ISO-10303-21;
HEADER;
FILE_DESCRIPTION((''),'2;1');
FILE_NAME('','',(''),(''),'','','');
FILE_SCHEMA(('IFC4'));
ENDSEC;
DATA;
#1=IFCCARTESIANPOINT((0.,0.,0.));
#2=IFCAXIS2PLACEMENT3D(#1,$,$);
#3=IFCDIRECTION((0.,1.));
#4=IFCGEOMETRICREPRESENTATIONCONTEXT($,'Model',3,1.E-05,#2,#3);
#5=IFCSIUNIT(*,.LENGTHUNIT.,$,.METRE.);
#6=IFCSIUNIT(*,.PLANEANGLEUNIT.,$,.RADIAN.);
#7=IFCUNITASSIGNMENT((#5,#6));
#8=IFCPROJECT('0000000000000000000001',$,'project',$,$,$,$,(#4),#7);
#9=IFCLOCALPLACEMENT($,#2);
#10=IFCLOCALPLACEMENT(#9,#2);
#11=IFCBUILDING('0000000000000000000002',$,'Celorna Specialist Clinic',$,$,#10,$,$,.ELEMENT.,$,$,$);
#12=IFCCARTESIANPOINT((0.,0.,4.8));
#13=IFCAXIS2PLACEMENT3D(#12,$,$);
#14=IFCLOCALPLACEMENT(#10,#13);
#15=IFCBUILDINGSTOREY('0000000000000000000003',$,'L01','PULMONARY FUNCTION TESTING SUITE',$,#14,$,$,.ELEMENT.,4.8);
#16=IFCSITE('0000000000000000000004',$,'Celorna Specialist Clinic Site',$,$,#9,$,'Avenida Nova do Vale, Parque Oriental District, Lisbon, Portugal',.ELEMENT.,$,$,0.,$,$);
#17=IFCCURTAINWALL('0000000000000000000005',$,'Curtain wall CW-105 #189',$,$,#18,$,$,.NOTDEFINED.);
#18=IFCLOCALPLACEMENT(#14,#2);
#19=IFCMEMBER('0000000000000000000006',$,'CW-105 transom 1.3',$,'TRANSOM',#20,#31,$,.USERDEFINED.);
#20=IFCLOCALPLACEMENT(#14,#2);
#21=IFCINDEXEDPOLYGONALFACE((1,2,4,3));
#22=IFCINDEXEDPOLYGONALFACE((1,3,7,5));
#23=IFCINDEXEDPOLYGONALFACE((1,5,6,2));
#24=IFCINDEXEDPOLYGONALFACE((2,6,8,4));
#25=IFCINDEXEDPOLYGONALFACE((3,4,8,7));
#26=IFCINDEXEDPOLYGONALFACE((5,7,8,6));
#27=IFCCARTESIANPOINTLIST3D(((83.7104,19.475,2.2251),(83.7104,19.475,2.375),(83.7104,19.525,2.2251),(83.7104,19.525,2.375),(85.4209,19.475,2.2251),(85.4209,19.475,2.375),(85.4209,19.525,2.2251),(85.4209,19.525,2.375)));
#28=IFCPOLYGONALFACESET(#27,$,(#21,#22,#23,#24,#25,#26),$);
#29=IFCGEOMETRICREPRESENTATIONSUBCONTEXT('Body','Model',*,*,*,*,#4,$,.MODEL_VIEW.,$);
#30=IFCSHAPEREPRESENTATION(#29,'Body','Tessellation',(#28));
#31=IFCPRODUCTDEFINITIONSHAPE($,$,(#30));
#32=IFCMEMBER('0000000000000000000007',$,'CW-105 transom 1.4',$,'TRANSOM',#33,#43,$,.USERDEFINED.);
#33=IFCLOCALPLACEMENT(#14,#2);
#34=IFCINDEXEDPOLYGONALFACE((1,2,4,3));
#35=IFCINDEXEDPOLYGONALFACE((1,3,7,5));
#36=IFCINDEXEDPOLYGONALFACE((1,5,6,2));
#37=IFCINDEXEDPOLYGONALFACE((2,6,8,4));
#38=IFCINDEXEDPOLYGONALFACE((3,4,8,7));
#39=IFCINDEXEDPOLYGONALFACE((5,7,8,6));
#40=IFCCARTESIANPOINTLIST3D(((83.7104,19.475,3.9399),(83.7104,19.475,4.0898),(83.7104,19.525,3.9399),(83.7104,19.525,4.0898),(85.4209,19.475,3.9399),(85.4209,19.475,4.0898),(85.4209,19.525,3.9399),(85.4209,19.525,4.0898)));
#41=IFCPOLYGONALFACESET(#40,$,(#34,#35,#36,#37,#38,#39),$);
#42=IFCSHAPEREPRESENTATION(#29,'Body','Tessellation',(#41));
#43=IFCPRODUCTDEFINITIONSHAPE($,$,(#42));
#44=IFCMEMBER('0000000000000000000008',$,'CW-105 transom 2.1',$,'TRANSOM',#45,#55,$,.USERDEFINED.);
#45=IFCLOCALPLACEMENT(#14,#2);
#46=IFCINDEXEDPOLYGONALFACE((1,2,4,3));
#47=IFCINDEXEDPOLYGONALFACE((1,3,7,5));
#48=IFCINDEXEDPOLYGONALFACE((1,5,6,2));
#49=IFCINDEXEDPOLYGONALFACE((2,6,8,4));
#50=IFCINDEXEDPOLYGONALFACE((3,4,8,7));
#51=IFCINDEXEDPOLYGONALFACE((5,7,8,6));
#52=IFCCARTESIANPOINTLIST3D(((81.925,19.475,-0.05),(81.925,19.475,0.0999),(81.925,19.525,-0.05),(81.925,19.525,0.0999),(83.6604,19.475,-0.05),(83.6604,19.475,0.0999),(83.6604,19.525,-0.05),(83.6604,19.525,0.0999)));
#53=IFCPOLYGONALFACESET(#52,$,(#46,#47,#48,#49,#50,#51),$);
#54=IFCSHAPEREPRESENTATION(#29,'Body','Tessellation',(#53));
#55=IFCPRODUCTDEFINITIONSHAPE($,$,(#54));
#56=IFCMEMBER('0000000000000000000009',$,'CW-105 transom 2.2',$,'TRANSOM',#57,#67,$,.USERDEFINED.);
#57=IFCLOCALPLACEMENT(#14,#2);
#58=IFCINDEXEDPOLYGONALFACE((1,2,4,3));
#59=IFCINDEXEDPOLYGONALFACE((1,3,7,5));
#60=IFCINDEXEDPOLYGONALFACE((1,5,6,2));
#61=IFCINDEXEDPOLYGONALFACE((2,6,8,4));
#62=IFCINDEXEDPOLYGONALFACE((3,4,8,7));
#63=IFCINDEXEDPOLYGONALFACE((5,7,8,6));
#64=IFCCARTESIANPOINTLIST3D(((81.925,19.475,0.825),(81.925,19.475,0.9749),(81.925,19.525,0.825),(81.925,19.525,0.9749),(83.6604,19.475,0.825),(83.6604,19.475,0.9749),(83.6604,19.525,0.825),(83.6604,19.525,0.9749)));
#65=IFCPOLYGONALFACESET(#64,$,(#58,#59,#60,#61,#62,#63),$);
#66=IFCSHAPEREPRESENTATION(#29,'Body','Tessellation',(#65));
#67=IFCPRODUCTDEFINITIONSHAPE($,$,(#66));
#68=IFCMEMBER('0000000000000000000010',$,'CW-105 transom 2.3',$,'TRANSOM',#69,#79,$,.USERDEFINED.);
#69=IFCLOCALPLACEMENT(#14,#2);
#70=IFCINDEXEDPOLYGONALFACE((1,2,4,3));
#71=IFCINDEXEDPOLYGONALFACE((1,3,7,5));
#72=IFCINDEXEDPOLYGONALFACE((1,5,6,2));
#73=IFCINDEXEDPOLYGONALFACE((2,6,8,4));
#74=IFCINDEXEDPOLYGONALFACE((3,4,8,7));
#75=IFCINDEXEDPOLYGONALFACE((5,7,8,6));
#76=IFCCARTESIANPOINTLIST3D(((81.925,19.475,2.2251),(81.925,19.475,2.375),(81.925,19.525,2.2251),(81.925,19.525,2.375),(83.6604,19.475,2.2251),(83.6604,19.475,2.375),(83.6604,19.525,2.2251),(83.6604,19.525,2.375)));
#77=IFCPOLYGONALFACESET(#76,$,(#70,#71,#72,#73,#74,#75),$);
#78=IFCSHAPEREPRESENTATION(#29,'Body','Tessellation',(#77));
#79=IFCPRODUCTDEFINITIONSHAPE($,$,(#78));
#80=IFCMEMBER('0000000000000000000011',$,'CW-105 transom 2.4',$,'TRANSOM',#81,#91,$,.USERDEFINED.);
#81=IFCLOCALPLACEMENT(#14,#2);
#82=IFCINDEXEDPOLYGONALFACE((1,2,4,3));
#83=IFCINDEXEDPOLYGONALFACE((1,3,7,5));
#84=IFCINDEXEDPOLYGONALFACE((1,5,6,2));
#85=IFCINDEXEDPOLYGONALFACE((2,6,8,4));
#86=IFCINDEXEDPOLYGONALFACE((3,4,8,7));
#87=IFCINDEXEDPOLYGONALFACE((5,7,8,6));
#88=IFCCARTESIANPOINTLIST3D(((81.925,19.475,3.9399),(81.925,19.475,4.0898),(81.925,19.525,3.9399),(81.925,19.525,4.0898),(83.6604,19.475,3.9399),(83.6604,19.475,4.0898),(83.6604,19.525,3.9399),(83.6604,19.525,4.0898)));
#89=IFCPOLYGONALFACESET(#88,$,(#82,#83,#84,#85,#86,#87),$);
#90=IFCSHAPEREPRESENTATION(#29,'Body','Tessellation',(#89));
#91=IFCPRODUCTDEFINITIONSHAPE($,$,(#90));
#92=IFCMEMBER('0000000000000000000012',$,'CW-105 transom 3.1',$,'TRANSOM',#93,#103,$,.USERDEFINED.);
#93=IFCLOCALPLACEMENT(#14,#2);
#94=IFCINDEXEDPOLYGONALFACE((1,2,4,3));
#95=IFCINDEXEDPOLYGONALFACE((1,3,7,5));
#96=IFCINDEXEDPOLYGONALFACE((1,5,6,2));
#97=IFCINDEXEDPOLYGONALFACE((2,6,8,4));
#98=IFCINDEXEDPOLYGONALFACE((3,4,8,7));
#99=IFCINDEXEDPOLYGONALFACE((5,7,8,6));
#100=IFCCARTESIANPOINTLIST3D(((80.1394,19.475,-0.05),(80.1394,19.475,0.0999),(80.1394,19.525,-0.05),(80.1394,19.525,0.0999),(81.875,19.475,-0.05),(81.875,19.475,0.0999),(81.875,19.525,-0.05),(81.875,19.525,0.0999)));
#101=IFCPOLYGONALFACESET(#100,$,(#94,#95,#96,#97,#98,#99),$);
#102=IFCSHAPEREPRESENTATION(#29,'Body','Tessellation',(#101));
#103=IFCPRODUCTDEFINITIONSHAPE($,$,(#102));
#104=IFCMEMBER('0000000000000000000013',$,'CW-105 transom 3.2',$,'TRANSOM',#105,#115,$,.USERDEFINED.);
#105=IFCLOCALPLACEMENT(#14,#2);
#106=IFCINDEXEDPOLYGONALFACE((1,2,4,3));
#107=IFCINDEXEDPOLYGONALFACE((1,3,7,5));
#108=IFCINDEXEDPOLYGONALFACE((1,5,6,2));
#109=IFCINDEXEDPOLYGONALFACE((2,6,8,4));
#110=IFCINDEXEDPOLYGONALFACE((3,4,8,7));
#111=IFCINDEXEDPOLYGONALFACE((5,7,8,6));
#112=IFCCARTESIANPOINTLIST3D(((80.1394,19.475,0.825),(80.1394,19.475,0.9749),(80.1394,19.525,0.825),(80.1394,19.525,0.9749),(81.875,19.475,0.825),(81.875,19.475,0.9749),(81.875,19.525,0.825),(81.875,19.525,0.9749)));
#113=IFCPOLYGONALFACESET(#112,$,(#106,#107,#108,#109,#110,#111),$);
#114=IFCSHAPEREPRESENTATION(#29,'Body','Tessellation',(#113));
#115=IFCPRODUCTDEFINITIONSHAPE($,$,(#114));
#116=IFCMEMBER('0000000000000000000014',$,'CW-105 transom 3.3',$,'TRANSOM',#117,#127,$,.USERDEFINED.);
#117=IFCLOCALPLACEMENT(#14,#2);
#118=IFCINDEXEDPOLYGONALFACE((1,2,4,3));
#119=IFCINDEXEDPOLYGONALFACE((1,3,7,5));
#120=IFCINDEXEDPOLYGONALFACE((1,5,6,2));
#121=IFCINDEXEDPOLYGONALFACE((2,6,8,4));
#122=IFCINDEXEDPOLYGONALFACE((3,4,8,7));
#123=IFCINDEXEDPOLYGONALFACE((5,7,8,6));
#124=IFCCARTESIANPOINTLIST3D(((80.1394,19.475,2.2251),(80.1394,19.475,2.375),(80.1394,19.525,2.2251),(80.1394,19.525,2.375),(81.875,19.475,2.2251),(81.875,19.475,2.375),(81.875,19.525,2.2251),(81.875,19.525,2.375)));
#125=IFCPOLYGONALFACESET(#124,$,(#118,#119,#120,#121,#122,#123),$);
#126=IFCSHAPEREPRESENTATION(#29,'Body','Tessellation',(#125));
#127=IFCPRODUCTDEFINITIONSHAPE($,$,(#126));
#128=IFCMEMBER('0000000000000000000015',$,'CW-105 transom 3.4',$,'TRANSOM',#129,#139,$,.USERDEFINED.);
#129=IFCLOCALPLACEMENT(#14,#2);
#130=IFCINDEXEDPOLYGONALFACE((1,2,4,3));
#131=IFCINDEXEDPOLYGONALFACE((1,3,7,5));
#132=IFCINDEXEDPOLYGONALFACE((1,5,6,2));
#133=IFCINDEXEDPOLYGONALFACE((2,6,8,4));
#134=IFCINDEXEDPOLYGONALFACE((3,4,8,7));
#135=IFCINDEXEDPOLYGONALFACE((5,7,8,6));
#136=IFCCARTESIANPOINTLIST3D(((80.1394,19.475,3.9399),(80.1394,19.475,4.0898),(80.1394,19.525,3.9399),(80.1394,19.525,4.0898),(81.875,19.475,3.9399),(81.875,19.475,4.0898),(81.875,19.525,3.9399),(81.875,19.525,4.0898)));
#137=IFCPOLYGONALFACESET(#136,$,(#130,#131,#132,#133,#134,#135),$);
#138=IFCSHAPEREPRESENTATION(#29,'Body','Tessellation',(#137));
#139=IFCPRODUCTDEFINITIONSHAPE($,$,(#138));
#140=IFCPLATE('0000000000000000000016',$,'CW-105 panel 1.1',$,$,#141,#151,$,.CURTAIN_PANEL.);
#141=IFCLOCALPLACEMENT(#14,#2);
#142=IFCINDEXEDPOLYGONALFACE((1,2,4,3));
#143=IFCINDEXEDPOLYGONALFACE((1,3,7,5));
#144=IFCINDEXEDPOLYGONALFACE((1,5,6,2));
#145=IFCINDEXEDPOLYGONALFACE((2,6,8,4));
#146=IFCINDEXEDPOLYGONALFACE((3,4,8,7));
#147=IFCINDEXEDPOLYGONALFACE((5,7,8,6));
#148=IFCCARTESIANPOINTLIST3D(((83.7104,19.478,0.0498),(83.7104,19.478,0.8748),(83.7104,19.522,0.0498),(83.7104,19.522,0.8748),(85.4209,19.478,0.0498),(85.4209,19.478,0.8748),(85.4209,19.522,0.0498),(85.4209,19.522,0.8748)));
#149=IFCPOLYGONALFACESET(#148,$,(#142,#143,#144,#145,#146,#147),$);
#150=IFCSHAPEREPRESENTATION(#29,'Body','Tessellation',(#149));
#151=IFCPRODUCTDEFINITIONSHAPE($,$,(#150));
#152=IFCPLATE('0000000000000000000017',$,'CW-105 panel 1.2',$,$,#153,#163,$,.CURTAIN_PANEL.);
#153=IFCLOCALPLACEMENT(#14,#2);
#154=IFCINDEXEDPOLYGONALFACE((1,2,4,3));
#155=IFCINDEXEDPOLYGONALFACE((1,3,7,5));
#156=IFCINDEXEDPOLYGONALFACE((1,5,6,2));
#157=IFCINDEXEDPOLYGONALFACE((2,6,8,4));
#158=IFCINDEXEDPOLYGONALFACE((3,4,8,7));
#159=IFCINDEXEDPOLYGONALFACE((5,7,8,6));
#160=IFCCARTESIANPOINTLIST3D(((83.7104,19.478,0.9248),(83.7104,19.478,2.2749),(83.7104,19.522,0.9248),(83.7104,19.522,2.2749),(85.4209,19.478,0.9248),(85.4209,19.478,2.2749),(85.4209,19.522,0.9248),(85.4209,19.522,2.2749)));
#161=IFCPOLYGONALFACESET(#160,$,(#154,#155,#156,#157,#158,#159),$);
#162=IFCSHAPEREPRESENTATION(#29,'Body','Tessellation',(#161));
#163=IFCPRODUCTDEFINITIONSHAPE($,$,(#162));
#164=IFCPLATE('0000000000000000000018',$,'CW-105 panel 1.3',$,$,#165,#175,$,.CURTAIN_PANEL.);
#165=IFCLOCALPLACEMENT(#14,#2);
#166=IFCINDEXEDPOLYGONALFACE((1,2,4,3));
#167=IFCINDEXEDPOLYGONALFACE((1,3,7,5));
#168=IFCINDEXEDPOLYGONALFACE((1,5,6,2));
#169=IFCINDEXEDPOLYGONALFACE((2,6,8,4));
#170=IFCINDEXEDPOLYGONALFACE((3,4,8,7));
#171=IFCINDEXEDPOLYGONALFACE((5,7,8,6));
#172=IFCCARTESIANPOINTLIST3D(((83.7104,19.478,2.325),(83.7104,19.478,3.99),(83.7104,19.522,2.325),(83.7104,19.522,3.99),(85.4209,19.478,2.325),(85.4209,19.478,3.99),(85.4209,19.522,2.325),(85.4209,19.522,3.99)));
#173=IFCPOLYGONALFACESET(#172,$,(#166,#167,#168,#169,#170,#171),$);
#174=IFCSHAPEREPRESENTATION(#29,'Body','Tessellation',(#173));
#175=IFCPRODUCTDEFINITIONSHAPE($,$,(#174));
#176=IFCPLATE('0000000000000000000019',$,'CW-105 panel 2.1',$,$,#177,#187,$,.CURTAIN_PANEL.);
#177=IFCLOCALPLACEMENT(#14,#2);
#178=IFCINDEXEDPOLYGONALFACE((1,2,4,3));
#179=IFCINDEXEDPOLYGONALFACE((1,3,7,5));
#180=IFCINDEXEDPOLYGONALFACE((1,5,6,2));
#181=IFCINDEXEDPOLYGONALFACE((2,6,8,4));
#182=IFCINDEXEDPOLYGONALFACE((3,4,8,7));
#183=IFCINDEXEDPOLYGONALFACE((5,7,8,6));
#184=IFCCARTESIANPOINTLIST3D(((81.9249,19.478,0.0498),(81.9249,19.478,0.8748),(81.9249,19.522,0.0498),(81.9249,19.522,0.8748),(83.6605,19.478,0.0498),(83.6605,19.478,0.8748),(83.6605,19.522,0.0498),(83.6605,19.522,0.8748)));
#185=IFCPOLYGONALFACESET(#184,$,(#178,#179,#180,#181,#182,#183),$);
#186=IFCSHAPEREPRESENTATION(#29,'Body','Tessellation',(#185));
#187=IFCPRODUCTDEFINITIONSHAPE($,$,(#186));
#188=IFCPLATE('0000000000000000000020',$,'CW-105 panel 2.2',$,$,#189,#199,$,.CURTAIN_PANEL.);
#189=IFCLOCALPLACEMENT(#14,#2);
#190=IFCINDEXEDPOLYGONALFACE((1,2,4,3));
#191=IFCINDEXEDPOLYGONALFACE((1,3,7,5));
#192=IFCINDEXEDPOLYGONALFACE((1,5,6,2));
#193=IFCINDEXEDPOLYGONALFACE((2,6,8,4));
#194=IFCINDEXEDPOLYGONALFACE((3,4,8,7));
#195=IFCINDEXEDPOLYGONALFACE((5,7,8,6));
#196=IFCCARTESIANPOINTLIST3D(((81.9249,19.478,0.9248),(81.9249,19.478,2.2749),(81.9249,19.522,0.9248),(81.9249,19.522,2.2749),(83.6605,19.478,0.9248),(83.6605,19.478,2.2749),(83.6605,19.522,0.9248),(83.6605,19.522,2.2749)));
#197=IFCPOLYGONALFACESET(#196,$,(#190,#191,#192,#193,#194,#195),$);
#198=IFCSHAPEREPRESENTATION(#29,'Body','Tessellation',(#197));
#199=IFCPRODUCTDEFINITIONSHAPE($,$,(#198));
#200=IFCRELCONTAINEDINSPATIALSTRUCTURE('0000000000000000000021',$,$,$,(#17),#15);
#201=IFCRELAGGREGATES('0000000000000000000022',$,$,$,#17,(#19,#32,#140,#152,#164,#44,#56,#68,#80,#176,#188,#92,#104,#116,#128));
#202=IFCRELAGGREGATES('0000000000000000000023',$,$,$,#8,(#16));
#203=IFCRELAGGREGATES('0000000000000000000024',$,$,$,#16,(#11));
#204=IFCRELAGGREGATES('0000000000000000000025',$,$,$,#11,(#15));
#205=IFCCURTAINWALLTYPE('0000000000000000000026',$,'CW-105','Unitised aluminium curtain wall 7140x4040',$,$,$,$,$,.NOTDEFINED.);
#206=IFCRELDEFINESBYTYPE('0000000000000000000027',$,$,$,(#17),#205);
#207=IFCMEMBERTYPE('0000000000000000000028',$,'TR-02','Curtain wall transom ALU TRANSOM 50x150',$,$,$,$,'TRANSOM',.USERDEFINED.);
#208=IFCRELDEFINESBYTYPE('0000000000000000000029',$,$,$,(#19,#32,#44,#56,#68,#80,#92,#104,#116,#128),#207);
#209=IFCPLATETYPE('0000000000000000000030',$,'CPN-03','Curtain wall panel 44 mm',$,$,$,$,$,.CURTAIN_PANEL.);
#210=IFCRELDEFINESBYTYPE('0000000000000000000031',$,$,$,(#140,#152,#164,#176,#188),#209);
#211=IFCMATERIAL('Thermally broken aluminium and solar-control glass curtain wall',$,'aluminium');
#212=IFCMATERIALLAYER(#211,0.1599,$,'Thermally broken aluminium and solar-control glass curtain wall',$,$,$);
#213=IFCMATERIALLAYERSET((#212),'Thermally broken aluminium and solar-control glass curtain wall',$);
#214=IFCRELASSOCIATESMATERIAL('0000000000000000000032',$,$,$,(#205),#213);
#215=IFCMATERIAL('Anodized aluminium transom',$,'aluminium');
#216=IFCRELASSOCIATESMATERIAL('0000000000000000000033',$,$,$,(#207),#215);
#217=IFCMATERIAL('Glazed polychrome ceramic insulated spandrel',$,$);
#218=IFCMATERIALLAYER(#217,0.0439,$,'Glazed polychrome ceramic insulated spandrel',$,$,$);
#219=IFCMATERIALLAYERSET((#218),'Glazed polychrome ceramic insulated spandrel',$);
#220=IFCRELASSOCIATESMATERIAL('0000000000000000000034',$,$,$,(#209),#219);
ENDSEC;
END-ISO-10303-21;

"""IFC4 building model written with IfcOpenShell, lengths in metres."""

from ifc_helpers import new_model, si_unit, direction, frame, origin, origin_2d, place, context, subcontext, project, spatial, rectangle, extrude, material, layer, layer_set, material_profile, profile_set, type_object, element, aggregate, save


model = new_model("IFC4")

# Units and contexts
model_context = context("Model", 3, precision=1e-05, world=origin(), true_north=direction((0.0, 1.0)))
body_context = subcontext(model_context, "Body", "Model", "MODEL_VIEW")
ifc_project = project(units=[si_unit("LENGTHUNIT", "METRE"), si_unit("PLANEANGLEUNIT", "RADIAN")], contexts=[model_context])

# Site, building, storey
site_placement = place(None, origin())
site = spatial("IfcSite", under=ifc_project, at=site_placement, Name="Celorna Specialist Clinic Site", LongName="Avenida Nova do Vale, Parque Oriental District, Lisbon, Portugal", CompositionType="ELEMENT", RefElevation=0.0)
building_placement = place(site_placement, origin())
building = spatial("IfcBuilding", under=site, at=building_placement, Name="Celorna Specialist Clinic", CompositionType="ELEMENT")
storey_placement = place(building_placement, frame((0.0, 0.0, 4.8)))
storey = spatial("IfcBuildingStorey", under=building, at=storey_placement, Name="L01", Description="PULMONARY FUNCTION TESTING SUITE", CompositionType="ELEMENT", Elevation=4.8)

# Curtain wall
ifc_material_1 = material(Name="Thermally broken aluminium and solar-control glass curtain wall", Category="aluminium")
ifc_layer_1 = layer(ifc_material_1, 0.1599, Name="Thermally broken aluminium and solar-control glass curtain wall")
ifc_layer_set_1 = layer_set([ifc_layer_1], Name="Thermally broken aluminium and solar-control glass curtain wall")
curtain_wall_type_1 = type_object("IfcCurtainWallType", Name="CW-105", Description="Unitised aluminium curtain wall 7140x4040", PredefinedType="NOTDEFINED", material=ifc_layer_set_1)
curtain_wall_1_placement = place(storey_placement, origin())
curtain_wall_1 = element("IfcCurtainWall", 1, at=curtain_wall_1_placement, inside=storey, type_object=curtain_wall_type_1, Name="Curtain wall CW-105 #189", PredefinedType="NOTDEFINED")
ifc_material_2 = material(Name="Anodized aluminium transom", Category="aluminium")

# Members
ifc_material_profile_1 = material_profile(ifc_material_2, rectangle(XDim=0.05, YDim=0.1499, at=origin_2d()), Name="ALU TRANSOM 50x150")
ifc_profile_set_1 = profile_set([ifc_material_profile_1], Name="Anodized aluminium transom")
member_type_1 = type_object("IfcMemberType", Name="TR-02", Description="Curtain wall transom ALU TRANSOM 50x150", ElementType="TRANSOM", PredefinedType="USERDEFINED", material=ifc_profile_set_1)
member_1_placement = place(storey_placement, frame((85.4209, 19.5, 2.3), z_axis=(-1.0, 0.0, 0.0), x_axis=(0.0, -1.0, 0.0)))
member_1 = element("IfcMember", 2, at=member_1_placement, type_object=member_type_1, Name="CW-105 transom 1.3", ObjectType="TRANSOM", PredefinedType="USERDEFINED", context=body_context, shape_type="SweptSolid", body=[
    extrude(rectangle(XDim=0.05, YDim=0.1499, at=origin_2d()), origin(), (0.0, 0.0, 1.0), 1.7104),
])
member_2_placement = place(storey_placement, frame((85.4209, 19.5, 4.0149), z_axis=(-1.0, 0.0, 0.0), x_axis=(0.0, -1.0, 0.0)))
member_2 = element("IfcMember", 3, at=member_2_placement, type_object=member_type_1, Name="CW-105 transom 1.4", ObjectType="TRANSOM", PredefinedType="USERDEFINED", context=body_context, shape_type="SweptSolid", body=[
    extrude(rectangle(XDim=0.05, YDim=0.1499, at=origin_2d()), origin(), (0.0, 0.0, 1.0), 1.7104),
])
member_3_placement = place(storey_placement, frame((83.6604, 19.5, 0.0249), z_axis=(-1.0, 0.0, 0.0), x_axis=(0.0, -1.0, 0.0)))
member_3 = element("IfcMember", 4, at=member_3_placement, type_object=member_type_1, Name="CW-105 transom 2.1", ObjectType="TRANSOM", PredefinedType="USERDEFINED", context=body_context, shape_type="SweptSolid", body=[
    extrude(rectangle(XDim=0.05, YDim=0.1499, at=origin_2d()), origin(), (0.0, 0.0, 1.0), 1.7354),
])
member_4_placement = place(storey_placement, frame((83.6604, 19.5, 0.8999), z_axis=(-1.0, 0.0, 0.0), x_axis=(0.0, -1.0, 0.0)))
member_4 = element("IfcMember", 5, at=member_4_placement, type_object=member_type_1, Name="CW-105 transom 2.2", ObjectType="TRANSOM", PredefinedType="USERDEFINED", context=body_context, shape_type="SweptSolid", body=[
    extrude(rectangle(XDim=0.05, YDim=0.1499, at=origin_2d()), origin(), (0.0, 0.0, 1.0), 1.7354),
])
member_5_placement = place(storey_placement, frame((83.6604, 19.5, 2.3), z_axis=(-1.0, 0.0, 0.0), x_axis=(0.0, -1.0, 0.0)))
member_5 = element("IfcMember", 6, at=member_5_placement, type_object=member_type_1, Name="CW-105 transom 2.3", ObjectType="TRANSOM", PredefinedType="USERDEFINED", context=body_context, shape_type="SweptSolid", body=[
    extrude(rectangle(XDim=0.05, YDim=0.1499, at=origin_2d()), origin(), (0.0, 0.0, 1.0), 1.7354),
])
member_6_placement = place(storey_placement, frame((83.6604, 19.5, 4.0149), z_axis=(-1.0, 0.0, 0.0), x_axis=(0.0, -1.0, 0.0)))
member_6 = element("IfcMember", 7, at=member_6_placement, type_object=member_type_1, Name="CW-105 transom 2.4", ObjectType="TRANSOM", PredefinedType="USERDEFINED", context=body_context, shape_type="SweptSolid", body=[
    extrude(rectangle(XDim=0.05, YDim=0.1499, at=origin_2d()), origin(), (0.0, 0.0, 1.0), 1.7354),
])
member_7_placement = place(storey_placement, frame((81.875, 19.5, 0.0249), z_axis=(-1.0, 0.0, 0.0), x_axis=(0.0, -1.0, 0.0)))
member_7 = element("IfcMember", 8, at=member_7_placement, type_object=member_type_1, Name="CW-105 transom 3.1", ObjectType="TRANSOM", PredefinedType="USERDEFINED", context=body_context, shape_type="SweptSolid", body=[
    extrude(rectangle(XDim=0.05, YDim=0.1499, at=origin_2d()), origin(), (0.0, 0.0, 1.0), 1.7356),
])
member_8_placement = place(storey_placement, frame((81.875, 19.5, 0.8999), z_axis=(-1.0, 0.0, 0.0), x_axis=(0.0, -1.0, 0.0)))
member_8 = element("IfcMember", 9, at=member_8_placement, type_object=member_type_1, Name="CW-105 transom 3.2", ObjectType="TRANSOM", PredefinedType="USERDEFINED", context=body_context, shape_type="SweptSolid", body=[
    extrude(rectangle(XDim=0.05, YDim=0.1499, at=origin_2d()), origin(), (0.0, 0.0, 1.0), 1.7356),
])
member_9_placement = place(storey_placement, frame((81.875, 19.5, 2.3), z_axis=(-1.0, 0.0, 0.0), x_axis=(0.0, -1.0, 0.0)))
member_9 = element("IfcMember", 10, at=member_9_placement, type_object=member_type_1, Name="CW-105 transom 3.3", ObjectType="TRANSOM", PredefinedType="USERDEFINED", context=body_context, shape_type="SweptSolid", body=[
    extrude(rectangle(XDim=0.05, YDim=0.1499, at=origin_2d()), origin(), (0.0, 0.0, 1.0), 1.7356),
])
member_10_placement = place(storey_placement, frame((81.875, 19.5, 4.0149), z_axis=(-1.0, 0.0, 0.0), x_axis=(0.0, -1.0, 0.0)))
member_10 = element("IfcMember", 11, at=member_10_placement, type_object=member_type_1, Name="CW-105 transom 3.4", ObjectType="TRANSOM", PredefinedType="USERDEFINED", context=body_context, shape_type="SweptSolid", body=[
    extrude(rectangle(XDim=0.05, YDim=0.1499, at=origin_2d()), origin(), (0.0, 0.0, 1.0), 1.7356),
])

# Plates
ifc_material_3 = material(Name="Glazed polychrome ceramic insulated spandrel")
ifc_layer_2 = layer(ifc_material_3, 0.0439, Name="Glazed polychrome ceramic insulated spandrel")
ifc_layer_set_2 = layer_set([ifc_layer_2], Name="Glazed polychrome ceramic insulated spandrel")
plate_type = type_object("IfcPlateType", Name="CPN-03", Description="Curtain wall panel 44 mm", PredefinedType="CURTAIN_PANEL", material=ifc_layer_set_2)
plate_1_placement = place(storey_placement, frame((84.5657, 19.5, 0.0498), z_axis=(0.0, 0.0, 1.0), x_axis=(-1.0, 0.0, 0.0)))
plate_1 = element("IfcPlate", 12, at=plate_1_placement, type_object=plate_type, Name="CW-105 panel 1.1", PredefinedType="CURTAIN_PANEL", context=body_context, shape_type="SweptSolid", body=[
    extrude(rectangle(XDim=1.7104, YDim=0.0439, at=origin_2d()), origin(), (0.0, 0.0, 1.0), 0.825),
])
plate_2_placement = place(storey_placement, frame((84.5657, 19.5, 0.9248), z_axis=(0.0, 0.0, 1.0), x_axis=(-1.0, 0.0, 0.0)))
plate_2 = element("IfcPlate", 13, at=plate_2_placement, type_object=plate_type, Name="CW-105 panel 1.2", PredefinedType="CURTAIN_PANEL", context=body_context, shape_type="SweptSolid", body=[
    extrude(rectangle(XDim=1.7104, YDim=0.0439, at=origin_2d()), origin(), (0.0, 0.0, 1.0), 1.3501),
])
plate_3_placement = place(storey_placement, frame((84.5657, 19.5, 2.325), z_axis=(0.0, 0.0, 1.0), x_axis=(-1.0, 0.0, 0.0)))
plate_3 = element("IfcPlate", 14, at=plate_3_placement, type_object=plate_type, Name="CW-105 panel 1.3", PredefinedType="CURTAIN_PANEL", context=body_context, shape_type="SweptSolid", body=[
    extrude(rectangle(XDim=1.7104, YDim=0.0439, at=origin_2d()), origin(), (0.0, 0.0, 1.0), 1.665),
])
plate_4_placement = place(storey_placement, frame((82.7927, 19.5, 0.0498), z_axis=(0.0, 0.0, 1.0), x_axis=(-1.0, 0.0, 0.0)))
plate_4 = element("IfcPlate", 15, at=plate_4_placement, type_object=plate_type, Name="CW-105 panel 2.1", PredefinedType="CURTAIN_PANEL", context=body_context, shape_type="SweptSolid", body=[
    extrude(rectangle(XDim=1.7356, YDim=0.0439, at=origin_2d()), origin(), (0.0, 0.0, 1.0), 0.825),
])
plate_5_placement = place(storey_placement, frame((82.7927, 19.5, 0.9248), z_axis=(0.0, 0.0, 1.0), x_axis=(-1.0, 0.0, 0.0)))
plate_5 = element("IfcPlate", 16, at=plate_5_placement, type_object=plate_type, Name="CW-105 panel 2.2", PredefinedType="CURTAIN_PANEL", context=body_context, shape_type="SweptSolid", body=[
    extrude(rectangle(XDim=1.7356, YDim=0.0439, at=origin_2d()), origin(), (0.0, 0.0, 1.0), 1.3501),
])
aggregate(curtain_wall_1, [member_1, member_2, plate_1, plate_2, plate_3, member_3, member_4, member_5, member_6, plate_4, plate_5, member_7, member_8, member_9, member_10])

save(model, "model.ifc")
